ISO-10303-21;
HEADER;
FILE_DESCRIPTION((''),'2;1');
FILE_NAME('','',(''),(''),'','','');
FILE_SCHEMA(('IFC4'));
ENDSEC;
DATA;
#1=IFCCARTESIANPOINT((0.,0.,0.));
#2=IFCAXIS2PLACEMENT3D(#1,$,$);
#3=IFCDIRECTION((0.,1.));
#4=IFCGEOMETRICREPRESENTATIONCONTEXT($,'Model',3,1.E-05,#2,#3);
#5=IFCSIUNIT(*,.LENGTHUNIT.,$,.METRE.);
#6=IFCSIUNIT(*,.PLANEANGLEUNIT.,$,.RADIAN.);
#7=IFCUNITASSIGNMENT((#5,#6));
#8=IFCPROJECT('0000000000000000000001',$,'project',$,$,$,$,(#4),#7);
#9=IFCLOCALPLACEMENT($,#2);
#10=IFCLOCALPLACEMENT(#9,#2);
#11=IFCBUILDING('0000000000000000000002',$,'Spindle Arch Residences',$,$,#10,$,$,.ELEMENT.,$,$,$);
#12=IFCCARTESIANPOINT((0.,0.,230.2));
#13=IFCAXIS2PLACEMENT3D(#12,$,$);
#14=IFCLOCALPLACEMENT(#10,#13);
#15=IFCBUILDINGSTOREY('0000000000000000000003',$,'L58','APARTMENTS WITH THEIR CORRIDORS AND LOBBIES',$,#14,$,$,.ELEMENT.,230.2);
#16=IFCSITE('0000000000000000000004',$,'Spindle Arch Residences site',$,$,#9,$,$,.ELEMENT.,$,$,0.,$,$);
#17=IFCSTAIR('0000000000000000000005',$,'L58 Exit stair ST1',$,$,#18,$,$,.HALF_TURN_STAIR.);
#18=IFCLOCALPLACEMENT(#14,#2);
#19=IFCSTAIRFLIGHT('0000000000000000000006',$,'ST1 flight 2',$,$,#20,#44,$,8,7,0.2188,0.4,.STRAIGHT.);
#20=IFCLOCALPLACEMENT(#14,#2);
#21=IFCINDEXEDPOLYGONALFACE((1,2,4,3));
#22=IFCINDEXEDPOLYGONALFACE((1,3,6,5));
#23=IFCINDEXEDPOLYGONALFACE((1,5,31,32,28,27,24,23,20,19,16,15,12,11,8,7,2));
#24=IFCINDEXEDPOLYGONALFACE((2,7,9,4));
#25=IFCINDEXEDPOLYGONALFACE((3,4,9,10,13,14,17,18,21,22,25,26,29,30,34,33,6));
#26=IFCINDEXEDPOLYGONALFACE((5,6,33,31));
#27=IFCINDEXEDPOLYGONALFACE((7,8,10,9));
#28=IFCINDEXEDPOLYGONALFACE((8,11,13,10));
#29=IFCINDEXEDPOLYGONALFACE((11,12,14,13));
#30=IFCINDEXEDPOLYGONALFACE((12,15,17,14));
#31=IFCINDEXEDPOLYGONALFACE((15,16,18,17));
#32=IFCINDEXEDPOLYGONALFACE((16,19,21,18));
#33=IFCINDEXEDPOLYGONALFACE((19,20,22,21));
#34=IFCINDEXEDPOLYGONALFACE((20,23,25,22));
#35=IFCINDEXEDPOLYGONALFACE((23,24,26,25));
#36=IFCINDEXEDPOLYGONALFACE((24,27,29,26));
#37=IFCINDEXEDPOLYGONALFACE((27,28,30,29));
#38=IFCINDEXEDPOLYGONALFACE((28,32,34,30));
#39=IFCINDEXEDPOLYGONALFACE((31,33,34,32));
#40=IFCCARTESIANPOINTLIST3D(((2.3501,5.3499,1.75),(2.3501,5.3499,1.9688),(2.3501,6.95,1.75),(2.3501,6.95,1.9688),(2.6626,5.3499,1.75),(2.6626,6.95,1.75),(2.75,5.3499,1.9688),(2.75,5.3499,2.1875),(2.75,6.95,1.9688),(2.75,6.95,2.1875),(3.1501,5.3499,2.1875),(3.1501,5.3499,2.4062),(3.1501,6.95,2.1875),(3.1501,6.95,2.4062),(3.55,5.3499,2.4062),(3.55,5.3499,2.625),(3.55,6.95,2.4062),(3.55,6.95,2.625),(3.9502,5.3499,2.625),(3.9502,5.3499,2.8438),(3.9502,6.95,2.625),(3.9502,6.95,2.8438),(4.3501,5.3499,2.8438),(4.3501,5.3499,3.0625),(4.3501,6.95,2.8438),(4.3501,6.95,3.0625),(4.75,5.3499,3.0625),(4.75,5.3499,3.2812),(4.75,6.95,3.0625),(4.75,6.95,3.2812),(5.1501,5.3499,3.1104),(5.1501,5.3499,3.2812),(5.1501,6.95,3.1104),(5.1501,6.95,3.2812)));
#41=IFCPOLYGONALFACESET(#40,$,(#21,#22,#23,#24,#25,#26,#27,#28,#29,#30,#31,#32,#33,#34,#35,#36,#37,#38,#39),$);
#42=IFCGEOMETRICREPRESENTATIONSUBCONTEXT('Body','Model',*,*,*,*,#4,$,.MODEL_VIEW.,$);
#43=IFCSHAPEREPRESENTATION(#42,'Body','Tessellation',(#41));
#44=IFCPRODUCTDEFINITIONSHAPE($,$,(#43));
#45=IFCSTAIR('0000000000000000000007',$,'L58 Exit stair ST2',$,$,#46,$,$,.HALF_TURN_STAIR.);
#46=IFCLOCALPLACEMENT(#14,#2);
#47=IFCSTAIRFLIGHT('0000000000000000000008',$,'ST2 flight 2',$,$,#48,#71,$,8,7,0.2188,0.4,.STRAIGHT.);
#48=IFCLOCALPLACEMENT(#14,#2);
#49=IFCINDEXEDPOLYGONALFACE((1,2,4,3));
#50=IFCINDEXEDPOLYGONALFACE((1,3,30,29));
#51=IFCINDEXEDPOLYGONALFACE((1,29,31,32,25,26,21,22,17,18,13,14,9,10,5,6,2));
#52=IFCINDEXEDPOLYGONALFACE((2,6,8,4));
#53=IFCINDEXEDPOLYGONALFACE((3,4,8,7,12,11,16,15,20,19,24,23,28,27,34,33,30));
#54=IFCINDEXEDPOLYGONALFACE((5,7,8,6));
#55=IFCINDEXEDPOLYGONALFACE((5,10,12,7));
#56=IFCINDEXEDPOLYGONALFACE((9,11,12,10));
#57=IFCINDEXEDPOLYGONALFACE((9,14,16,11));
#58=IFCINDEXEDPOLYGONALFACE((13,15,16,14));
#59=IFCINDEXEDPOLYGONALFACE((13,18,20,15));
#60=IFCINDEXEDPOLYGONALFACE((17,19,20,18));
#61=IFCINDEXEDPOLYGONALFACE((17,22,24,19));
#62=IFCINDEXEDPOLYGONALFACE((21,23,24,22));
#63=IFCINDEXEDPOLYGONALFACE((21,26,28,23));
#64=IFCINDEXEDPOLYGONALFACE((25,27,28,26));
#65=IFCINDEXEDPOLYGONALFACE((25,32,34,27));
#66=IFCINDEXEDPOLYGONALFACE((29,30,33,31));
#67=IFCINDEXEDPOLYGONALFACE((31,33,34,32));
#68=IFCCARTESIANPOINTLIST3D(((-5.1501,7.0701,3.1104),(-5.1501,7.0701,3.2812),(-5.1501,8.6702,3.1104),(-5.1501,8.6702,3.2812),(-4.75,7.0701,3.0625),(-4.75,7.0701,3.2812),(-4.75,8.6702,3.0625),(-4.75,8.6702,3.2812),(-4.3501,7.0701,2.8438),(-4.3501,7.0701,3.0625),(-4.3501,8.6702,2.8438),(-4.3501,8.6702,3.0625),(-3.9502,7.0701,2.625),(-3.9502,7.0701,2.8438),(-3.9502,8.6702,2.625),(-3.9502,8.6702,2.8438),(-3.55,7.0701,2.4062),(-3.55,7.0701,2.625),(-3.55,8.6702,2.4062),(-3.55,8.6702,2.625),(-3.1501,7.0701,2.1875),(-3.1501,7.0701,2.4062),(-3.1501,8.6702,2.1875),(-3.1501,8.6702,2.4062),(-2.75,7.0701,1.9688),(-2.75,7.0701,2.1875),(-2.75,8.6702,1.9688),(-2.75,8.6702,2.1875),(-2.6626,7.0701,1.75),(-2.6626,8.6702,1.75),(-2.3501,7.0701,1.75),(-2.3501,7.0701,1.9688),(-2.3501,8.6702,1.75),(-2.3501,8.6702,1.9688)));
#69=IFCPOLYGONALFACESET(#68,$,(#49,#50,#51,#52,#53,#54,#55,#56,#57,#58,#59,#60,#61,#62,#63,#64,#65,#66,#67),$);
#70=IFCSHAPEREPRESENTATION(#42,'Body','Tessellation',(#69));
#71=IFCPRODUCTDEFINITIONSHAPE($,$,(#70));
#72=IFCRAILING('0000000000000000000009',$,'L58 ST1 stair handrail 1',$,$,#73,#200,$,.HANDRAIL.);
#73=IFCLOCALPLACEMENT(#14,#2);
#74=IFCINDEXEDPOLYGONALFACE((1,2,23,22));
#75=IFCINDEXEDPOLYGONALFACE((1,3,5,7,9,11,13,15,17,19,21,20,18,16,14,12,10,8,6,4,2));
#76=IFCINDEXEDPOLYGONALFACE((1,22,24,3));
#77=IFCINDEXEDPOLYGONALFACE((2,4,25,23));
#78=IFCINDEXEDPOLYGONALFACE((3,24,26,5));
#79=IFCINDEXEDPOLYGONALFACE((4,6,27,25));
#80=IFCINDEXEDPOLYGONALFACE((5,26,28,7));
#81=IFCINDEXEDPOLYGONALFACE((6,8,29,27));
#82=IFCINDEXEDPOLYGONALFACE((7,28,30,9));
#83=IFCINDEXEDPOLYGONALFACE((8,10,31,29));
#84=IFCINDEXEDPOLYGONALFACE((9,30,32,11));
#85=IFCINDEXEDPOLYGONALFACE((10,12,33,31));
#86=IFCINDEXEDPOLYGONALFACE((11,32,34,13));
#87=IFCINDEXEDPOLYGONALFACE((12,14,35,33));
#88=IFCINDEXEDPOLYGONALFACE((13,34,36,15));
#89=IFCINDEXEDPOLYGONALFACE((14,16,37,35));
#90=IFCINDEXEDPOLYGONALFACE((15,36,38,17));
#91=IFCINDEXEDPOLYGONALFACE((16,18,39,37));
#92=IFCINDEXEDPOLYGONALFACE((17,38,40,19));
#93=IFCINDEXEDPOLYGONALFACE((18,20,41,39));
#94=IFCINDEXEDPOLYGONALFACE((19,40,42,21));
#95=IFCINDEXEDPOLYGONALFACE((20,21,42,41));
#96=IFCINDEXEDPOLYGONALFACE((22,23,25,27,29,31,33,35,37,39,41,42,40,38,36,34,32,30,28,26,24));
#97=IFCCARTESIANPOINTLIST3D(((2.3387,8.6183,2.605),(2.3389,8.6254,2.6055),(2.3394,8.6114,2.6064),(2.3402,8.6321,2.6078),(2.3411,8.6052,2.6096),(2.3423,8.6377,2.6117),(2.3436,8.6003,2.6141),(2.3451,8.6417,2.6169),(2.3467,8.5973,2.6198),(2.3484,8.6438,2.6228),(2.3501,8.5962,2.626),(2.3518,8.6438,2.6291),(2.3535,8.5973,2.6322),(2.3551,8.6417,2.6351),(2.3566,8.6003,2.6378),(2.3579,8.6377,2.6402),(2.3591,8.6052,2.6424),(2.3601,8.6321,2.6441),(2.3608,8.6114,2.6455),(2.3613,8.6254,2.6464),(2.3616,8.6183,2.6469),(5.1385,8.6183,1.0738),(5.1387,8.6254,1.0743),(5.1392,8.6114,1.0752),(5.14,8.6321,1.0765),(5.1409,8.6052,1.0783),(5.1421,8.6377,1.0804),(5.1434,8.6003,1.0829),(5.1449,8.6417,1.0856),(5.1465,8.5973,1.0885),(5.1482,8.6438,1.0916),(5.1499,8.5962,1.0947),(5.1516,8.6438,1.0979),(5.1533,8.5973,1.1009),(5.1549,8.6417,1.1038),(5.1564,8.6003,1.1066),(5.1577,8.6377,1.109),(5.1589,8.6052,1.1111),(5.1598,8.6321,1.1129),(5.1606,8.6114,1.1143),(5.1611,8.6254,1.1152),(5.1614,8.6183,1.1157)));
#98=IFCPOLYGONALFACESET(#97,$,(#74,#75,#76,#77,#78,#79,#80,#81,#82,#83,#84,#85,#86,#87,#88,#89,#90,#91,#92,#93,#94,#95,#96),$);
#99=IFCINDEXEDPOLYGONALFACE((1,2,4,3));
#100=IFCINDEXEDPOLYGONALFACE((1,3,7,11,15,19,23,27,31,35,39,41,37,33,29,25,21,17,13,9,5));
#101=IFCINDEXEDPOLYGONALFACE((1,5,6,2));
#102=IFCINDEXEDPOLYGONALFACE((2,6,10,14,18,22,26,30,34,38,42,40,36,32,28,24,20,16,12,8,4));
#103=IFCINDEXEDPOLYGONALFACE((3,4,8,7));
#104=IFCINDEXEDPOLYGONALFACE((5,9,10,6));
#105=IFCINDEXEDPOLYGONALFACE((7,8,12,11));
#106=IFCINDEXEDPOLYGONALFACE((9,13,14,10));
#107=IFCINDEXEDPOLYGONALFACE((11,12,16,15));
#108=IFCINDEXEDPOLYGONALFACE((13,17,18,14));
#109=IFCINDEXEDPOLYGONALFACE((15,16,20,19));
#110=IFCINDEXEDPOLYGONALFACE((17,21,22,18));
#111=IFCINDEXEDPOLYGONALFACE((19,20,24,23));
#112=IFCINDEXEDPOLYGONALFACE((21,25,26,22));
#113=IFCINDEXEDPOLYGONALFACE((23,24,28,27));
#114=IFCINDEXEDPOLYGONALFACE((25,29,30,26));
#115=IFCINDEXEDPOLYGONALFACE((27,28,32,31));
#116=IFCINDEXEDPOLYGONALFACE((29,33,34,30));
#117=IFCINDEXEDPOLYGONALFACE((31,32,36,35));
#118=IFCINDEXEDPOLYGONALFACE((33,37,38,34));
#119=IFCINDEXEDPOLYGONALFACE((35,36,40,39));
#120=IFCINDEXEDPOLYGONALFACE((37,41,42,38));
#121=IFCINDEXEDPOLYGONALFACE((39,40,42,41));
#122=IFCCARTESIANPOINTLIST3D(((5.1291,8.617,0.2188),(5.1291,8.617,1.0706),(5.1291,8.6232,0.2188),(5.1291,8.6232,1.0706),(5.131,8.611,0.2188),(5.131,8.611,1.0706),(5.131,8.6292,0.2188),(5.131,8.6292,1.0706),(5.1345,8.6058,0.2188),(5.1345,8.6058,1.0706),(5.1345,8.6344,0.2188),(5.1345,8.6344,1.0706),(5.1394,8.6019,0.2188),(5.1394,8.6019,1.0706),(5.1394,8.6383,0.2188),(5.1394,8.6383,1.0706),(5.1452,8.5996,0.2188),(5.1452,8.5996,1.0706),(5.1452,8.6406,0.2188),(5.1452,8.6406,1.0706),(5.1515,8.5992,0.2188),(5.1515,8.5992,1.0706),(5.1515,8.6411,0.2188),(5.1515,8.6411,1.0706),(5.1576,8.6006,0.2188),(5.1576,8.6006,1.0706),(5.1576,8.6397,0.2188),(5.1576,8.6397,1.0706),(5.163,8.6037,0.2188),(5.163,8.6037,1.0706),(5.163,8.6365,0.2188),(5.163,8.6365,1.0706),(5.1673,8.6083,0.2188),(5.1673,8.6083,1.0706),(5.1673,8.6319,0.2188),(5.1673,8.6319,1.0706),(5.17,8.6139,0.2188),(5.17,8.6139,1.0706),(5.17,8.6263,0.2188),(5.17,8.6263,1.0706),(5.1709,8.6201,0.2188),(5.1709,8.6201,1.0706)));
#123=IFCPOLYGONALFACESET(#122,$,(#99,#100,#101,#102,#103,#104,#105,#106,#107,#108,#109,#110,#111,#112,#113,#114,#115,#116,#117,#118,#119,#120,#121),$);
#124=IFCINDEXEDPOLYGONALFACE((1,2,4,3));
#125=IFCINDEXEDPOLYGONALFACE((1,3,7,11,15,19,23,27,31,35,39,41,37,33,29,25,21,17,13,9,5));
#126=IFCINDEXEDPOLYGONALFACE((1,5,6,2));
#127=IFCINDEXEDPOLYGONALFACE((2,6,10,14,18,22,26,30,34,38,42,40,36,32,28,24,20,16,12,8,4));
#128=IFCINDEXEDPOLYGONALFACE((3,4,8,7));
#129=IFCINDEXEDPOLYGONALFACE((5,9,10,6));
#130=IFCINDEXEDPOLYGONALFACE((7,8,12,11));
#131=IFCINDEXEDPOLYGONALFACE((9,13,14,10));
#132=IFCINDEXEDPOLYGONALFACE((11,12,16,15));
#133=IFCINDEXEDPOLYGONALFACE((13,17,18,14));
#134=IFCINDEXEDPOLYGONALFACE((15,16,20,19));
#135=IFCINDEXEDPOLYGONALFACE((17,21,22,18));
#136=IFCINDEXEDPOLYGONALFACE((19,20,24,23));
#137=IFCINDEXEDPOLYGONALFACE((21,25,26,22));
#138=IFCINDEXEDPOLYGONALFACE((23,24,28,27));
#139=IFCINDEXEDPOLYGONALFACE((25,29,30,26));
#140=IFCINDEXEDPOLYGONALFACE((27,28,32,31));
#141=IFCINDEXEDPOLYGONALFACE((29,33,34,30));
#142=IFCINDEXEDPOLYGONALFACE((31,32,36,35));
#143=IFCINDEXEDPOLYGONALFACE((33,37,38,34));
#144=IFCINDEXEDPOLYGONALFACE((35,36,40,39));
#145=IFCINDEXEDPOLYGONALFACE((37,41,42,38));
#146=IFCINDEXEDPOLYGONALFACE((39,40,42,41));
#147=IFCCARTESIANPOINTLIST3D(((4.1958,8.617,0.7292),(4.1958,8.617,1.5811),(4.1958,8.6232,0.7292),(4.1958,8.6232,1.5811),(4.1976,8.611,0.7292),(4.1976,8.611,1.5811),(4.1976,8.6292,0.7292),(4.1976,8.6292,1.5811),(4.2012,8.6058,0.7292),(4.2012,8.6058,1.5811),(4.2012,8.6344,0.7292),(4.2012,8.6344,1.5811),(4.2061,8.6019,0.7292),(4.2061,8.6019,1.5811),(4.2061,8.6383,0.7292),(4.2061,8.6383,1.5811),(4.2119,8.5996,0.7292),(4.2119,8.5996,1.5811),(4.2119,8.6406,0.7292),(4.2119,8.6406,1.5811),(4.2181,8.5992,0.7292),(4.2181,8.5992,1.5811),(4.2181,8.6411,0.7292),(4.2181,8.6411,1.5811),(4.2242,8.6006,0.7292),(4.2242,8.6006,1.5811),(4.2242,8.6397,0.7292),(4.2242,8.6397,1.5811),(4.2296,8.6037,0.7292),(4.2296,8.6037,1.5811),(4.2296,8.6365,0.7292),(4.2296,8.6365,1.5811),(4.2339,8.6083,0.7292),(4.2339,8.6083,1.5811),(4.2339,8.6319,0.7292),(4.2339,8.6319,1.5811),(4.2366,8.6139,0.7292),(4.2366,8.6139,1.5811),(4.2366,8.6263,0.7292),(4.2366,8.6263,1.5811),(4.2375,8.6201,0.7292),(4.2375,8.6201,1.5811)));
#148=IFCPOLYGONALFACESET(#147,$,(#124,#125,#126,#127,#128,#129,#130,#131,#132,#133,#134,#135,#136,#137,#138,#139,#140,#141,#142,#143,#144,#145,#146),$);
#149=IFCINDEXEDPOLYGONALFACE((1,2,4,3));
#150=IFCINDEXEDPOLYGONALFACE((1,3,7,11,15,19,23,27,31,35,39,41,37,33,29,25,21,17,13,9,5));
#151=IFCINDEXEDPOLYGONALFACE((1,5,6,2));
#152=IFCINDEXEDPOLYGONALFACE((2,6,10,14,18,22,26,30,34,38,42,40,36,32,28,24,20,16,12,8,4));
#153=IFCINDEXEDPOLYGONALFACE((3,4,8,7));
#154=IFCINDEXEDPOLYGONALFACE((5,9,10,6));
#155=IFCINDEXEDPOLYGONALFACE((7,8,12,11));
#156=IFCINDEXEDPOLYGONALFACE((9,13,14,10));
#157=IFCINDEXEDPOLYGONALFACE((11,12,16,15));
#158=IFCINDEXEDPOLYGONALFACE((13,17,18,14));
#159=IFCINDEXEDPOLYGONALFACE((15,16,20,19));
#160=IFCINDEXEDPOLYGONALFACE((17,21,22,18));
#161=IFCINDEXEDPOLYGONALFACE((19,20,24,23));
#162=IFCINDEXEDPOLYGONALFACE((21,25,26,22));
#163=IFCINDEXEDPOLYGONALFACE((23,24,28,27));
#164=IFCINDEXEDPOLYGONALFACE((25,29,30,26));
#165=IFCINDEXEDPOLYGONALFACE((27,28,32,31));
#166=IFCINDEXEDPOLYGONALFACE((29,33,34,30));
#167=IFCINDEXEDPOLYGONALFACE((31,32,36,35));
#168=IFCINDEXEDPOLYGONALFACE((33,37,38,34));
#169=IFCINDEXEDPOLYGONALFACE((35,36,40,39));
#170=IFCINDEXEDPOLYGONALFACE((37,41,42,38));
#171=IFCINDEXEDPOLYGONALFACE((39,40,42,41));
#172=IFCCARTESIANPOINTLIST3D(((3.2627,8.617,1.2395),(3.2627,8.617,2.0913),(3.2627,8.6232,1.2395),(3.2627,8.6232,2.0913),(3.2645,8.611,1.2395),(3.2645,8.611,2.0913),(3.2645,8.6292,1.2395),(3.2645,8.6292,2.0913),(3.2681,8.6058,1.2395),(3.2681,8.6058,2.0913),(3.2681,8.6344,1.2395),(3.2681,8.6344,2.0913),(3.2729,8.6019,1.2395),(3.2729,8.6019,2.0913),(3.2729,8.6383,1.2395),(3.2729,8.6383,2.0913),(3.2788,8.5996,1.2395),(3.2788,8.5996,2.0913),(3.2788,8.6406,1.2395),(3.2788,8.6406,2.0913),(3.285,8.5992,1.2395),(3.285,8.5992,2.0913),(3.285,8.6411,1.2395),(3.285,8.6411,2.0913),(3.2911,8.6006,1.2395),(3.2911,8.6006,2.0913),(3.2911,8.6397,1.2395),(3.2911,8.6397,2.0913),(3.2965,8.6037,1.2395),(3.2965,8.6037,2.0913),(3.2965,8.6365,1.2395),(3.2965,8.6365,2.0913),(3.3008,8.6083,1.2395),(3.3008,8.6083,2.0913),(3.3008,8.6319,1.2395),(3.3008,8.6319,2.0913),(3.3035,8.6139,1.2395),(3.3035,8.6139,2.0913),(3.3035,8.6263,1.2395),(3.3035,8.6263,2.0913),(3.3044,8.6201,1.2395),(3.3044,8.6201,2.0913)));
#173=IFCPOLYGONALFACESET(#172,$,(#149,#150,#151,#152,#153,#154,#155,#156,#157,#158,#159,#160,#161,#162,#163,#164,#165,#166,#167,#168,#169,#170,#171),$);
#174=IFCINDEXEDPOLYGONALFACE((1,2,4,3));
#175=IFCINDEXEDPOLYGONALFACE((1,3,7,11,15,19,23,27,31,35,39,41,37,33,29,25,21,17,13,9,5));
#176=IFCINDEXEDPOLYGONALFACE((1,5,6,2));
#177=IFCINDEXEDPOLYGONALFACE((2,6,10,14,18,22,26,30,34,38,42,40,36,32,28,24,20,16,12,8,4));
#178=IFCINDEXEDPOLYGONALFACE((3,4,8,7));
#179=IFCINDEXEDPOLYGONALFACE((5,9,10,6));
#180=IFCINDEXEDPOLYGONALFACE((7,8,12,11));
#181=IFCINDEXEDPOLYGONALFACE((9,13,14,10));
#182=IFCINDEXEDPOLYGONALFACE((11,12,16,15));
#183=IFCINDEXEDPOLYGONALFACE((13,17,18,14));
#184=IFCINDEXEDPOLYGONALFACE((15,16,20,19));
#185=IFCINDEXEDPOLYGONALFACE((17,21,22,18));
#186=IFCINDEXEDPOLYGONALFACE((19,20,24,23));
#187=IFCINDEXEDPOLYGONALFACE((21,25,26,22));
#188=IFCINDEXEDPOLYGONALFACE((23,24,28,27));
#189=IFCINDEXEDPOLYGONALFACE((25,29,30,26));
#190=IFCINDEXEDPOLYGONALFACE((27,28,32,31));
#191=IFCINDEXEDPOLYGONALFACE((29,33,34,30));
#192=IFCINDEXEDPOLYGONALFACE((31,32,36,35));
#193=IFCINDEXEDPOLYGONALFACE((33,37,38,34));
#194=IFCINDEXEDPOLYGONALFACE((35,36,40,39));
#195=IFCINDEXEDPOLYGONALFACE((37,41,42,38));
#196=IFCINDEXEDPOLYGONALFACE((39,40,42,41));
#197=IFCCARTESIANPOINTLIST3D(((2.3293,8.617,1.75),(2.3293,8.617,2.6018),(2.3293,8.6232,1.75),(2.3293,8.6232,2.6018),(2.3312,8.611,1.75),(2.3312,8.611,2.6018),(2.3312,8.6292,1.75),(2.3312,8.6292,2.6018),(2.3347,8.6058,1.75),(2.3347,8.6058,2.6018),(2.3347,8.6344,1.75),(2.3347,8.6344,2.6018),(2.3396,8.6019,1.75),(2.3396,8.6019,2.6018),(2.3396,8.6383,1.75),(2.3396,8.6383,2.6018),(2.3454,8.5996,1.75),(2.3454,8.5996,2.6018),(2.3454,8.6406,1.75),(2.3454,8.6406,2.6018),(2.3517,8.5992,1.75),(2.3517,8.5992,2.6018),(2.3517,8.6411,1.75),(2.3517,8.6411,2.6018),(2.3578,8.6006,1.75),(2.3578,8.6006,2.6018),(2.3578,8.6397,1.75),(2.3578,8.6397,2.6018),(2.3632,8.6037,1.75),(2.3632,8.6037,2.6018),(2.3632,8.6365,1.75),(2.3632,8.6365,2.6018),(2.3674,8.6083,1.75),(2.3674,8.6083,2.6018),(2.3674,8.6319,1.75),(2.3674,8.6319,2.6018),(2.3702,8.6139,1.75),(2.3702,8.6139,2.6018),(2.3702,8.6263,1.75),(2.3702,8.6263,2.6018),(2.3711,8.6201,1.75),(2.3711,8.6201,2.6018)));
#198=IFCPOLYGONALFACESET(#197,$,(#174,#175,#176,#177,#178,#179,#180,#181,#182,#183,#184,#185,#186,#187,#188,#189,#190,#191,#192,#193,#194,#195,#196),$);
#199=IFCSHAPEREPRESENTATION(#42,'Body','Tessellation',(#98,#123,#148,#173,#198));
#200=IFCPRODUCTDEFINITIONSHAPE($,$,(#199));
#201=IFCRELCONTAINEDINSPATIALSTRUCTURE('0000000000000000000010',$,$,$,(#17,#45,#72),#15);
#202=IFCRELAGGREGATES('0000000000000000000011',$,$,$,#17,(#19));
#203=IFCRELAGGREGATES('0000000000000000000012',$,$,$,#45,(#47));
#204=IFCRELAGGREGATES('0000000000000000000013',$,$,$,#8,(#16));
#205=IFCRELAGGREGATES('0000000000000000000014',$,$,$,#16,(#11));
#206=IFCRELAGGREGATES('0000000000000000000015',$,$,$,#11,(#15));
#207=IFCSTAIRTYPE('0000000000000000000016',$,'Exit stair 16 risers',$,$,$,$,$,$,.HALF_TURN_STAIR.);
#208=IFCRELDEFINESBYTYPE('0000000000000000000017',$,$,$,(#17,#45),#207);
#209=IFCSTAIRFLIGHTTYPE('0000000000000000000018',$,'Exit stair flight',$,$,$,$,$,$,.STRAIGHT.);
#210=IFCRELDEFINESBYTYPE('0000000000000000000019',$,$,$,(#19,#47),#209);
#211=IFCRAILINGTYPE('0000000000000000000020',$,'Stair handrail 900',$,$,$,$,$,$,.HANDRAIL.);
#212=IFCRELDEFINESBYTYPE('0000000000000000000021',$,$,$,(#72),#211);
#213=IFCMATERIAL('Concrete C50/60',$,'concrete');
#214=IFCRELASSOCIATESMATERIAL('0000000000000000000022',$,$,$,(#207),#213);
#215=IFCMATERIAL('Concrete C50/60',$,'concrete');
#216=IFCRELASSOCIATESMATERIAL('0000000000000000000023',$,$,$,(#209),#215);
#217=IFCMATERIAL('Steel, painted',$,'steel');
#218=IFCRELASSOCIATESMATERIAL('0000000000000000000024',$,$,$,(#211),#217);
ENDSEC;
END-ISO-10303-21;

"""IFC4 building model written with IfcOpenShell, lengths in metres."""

from ifc_helpers import new_model, si_unit, direction, frame, origin, origin_2d, place, context, subcontext, project, spatial, polyline, circle, outline, extrude, material, type_object, element, aggregate, save


model = new_model("IFC4")

# Units and contexts
model_context = context("Model", 3, precision=1e-05, world=origin(), true_north=direction((0.0, 1.0)))
body_context = subcontext(model_context, "Body", "Model", "MODEL_VIEW")
ifc_project = project(units=[si_unit("LENGTHUNIT", "METRE"), si_unit("PLANEANGLEUNIT", "RADIAN")], contexts=[model_context])

# Site, building, storey
site_placement = place(None, origin())
site = spatial("IfcSite", under=ifc_project, at=site_placement, Name="Spindle Arch Residences site", CompositionType="ELEMENT", RefElevation=0.0)
building_placement = place(site_placement, origin())
building = spatial("IfcBuilding", under=site, at=building_placement, Name="Spindle Arch Residences", CompositionType="ELEMENT")
storey_placement = place(building_placement, frame((0.0, 0.0, 230.2)))
storey = spatial("IfcBuildingStorey", under=building, at=storey_placement, Name="L58", Description="APARTMENTS WITH THEIR CORRIDORS AND LOBBIES", CompositionType="ELEMENT", Elevation=230.2)

# Stair, stair flight
ifc_material_1 = material(Name="Concrete C50/60", Category="concrete")
stair_type = type_object("IfcStairType", Name="Exit stair 16 risers", PredefinedType="HALF_TURN_STAIR", material=ifc_material_1)
stair_1_placement = place(storey_placement, origin())
stair_1 = element("IfcStair", 1, at=stair_1_placement, inside=storey, type_object=stair_type, Name="L58 Exit stair ST1", PredefinedType="HALF_TURN_STAIR")
ifc_material_2 = material(Name="Concrete C50/60", Category="concrete")
stair_flight_type = type_object("IfcStairFlightType", Name="Exit stair flight", PredefinedType="STRAIGHT", material=ifc_material_2)
stair_flight_1_placement = place(storey_placement, frame((2.3501, 6.1499, 1.75), z_axis=(0.0, 0.0, 1.0), x_axis=(1.0, 0.0, 0.0)))
stair_flight_1 = element("IfcStairFlight", 2, at=stair_flight_1_placement, type_object=stair_flight_type, Name="ST1 flight 2", NumberOfRisers=8, NumberOfTreads=7, PredefinedType="STRAIGHT", RiserHeight=0.2188, TreadLength=0.4, context=body_context, shape_type="SweptSolid", body=[
    extrude(outline(polyline([(0.0, 0.0), (0.0, 0.2188), (0.3999, 0.2188), (0.3999, 0.4375), (0.8, 0.4375), (0.8, 0.6562), (1.2, 0.6562), (1.2, 0.875), (1.6001, 0.875), (1.6001, 1.0938), (2.0, 1.0938), (2.0, 1.3125), (2.3999, 1.3125), (2.3999, 1.5312), (2.8, 1.5312), (2.8, 1.75), (2.8, 1.3604), (0.3125, 0.0), (0.0, 0.0)])), frame((0.0, 0.8, 0.0), z_axis=(0.0, -1.0, 0.0), x_axis=(1.0, 0.0, 0.0)), (0.0, 0.0, 1.0), 1.6001),
])
aggregate(stair_1, [stair_flight_1])

# Stair, stair flight
stair_2_placement = place(storey_placement, origin())
stair_2 = element("IfcStair", 3, at=stair_2_placement, inside=storey, type_object=stair_type, Name="L58 Exit stair ST2", PredefinedType="HALF_TURN_STAIR")
stair_flight_2_placement = place(storey_placement, frame((-2.3501, 7.8701, 1.75), z_axis=(0.0, 0.0, 1.0), x_axis=(-1.0, 0.0, 0.0)))
stair_flight_2 = element("IfcStairFlight", 4, at=stair_flight_2_placement, type_object=stair_flight_type, Name="ST2 flight 2", NumberOfRisers=8, NumberOfTreads=7, PredefinedType="STRAIGHT", RiserHeight=0.2188, TreadLength=0.4, context=body_context, shape_type="SweptSolid", body=[
    extrude(outline(polyline([(0.0, 0.0), (0.0, 0.2188), (0.3999, 0.2188), (0.3999, 0.4375), (0.8, 0.4375), (0.8, 0.6562), (1.2, 0.6562), (1.2, 0.875), (1.6001, 0.875), (1.6001, 1.0938), (2.0, 1.0938), (2.0, 1.3125), (2.3999, 1.3125), (2.3999, 1.5312), (2.8, 1.5312), (2.8, 1.75), (2.8, 1.3604), (0.3125, 0.0), (0.0, 0.0)])), frame((0.0, 0.8, 0.0), z_axis=(0.0, -1.0, 0.0), x_axis=(1.0, 0.0, 0.0)), (0.0, 0.0, 1.0), 1.6001),
])
aggregate(stair_2, [stair_flight_2])

# Railing
ifc_material_3 = material(Name="Steel, painted", Category="steel")
railing_type_1 = type_object("IfcRailingType", Name="Stair handrail 900", PredefinedType="HANDRAIL", material=ifc_material_3)
railing_1_placement = place(storey_placement, frame((5.1499, 8.6201, 0.2188)))
element("IfcRailing", 5, at=railing_1_placement, inside=storey, type_object=railing_type_1, Name="L58 ST1 stair handrail 1", PredefinedType="HANDRAIL", context=body_context, shape_type="SweptSolid", body=[
    extrude(circle(Radius=0.0239, at=origin_2d()), frame((0.0, 0.0, 0.876), z_axis=(-0.877357, 0.0, 0.479838), x_axis=(0.0, -1.0, 0.0)), (0.0, 0.0, 1.0), 3.1912),
    extrude(circle(Radius=0.021, at=origin_2d()), origin(), (0.0, 0.0, 1.0), 0.8518),
    extrude(circle(Radius=0.021, at=origin_2d()), frame((-0.9333, 0.0, 0.5105)), (0.0, 0.0, 1.0), 0.8518),
    extrude(circle(Radius=0.021, at=origin_2d()), frame((-1.8665, 0.0, 1.0208)), (0.0, 0.0, 1.0), 0.8518),
    extrude(circle(Radius=0.021, at=origin_2d()), frame((-2.7998, 0.0, 1.5312)), (0.0, 0.0, 1.0), 0.8518),
])

save(model, "model.ifc")
